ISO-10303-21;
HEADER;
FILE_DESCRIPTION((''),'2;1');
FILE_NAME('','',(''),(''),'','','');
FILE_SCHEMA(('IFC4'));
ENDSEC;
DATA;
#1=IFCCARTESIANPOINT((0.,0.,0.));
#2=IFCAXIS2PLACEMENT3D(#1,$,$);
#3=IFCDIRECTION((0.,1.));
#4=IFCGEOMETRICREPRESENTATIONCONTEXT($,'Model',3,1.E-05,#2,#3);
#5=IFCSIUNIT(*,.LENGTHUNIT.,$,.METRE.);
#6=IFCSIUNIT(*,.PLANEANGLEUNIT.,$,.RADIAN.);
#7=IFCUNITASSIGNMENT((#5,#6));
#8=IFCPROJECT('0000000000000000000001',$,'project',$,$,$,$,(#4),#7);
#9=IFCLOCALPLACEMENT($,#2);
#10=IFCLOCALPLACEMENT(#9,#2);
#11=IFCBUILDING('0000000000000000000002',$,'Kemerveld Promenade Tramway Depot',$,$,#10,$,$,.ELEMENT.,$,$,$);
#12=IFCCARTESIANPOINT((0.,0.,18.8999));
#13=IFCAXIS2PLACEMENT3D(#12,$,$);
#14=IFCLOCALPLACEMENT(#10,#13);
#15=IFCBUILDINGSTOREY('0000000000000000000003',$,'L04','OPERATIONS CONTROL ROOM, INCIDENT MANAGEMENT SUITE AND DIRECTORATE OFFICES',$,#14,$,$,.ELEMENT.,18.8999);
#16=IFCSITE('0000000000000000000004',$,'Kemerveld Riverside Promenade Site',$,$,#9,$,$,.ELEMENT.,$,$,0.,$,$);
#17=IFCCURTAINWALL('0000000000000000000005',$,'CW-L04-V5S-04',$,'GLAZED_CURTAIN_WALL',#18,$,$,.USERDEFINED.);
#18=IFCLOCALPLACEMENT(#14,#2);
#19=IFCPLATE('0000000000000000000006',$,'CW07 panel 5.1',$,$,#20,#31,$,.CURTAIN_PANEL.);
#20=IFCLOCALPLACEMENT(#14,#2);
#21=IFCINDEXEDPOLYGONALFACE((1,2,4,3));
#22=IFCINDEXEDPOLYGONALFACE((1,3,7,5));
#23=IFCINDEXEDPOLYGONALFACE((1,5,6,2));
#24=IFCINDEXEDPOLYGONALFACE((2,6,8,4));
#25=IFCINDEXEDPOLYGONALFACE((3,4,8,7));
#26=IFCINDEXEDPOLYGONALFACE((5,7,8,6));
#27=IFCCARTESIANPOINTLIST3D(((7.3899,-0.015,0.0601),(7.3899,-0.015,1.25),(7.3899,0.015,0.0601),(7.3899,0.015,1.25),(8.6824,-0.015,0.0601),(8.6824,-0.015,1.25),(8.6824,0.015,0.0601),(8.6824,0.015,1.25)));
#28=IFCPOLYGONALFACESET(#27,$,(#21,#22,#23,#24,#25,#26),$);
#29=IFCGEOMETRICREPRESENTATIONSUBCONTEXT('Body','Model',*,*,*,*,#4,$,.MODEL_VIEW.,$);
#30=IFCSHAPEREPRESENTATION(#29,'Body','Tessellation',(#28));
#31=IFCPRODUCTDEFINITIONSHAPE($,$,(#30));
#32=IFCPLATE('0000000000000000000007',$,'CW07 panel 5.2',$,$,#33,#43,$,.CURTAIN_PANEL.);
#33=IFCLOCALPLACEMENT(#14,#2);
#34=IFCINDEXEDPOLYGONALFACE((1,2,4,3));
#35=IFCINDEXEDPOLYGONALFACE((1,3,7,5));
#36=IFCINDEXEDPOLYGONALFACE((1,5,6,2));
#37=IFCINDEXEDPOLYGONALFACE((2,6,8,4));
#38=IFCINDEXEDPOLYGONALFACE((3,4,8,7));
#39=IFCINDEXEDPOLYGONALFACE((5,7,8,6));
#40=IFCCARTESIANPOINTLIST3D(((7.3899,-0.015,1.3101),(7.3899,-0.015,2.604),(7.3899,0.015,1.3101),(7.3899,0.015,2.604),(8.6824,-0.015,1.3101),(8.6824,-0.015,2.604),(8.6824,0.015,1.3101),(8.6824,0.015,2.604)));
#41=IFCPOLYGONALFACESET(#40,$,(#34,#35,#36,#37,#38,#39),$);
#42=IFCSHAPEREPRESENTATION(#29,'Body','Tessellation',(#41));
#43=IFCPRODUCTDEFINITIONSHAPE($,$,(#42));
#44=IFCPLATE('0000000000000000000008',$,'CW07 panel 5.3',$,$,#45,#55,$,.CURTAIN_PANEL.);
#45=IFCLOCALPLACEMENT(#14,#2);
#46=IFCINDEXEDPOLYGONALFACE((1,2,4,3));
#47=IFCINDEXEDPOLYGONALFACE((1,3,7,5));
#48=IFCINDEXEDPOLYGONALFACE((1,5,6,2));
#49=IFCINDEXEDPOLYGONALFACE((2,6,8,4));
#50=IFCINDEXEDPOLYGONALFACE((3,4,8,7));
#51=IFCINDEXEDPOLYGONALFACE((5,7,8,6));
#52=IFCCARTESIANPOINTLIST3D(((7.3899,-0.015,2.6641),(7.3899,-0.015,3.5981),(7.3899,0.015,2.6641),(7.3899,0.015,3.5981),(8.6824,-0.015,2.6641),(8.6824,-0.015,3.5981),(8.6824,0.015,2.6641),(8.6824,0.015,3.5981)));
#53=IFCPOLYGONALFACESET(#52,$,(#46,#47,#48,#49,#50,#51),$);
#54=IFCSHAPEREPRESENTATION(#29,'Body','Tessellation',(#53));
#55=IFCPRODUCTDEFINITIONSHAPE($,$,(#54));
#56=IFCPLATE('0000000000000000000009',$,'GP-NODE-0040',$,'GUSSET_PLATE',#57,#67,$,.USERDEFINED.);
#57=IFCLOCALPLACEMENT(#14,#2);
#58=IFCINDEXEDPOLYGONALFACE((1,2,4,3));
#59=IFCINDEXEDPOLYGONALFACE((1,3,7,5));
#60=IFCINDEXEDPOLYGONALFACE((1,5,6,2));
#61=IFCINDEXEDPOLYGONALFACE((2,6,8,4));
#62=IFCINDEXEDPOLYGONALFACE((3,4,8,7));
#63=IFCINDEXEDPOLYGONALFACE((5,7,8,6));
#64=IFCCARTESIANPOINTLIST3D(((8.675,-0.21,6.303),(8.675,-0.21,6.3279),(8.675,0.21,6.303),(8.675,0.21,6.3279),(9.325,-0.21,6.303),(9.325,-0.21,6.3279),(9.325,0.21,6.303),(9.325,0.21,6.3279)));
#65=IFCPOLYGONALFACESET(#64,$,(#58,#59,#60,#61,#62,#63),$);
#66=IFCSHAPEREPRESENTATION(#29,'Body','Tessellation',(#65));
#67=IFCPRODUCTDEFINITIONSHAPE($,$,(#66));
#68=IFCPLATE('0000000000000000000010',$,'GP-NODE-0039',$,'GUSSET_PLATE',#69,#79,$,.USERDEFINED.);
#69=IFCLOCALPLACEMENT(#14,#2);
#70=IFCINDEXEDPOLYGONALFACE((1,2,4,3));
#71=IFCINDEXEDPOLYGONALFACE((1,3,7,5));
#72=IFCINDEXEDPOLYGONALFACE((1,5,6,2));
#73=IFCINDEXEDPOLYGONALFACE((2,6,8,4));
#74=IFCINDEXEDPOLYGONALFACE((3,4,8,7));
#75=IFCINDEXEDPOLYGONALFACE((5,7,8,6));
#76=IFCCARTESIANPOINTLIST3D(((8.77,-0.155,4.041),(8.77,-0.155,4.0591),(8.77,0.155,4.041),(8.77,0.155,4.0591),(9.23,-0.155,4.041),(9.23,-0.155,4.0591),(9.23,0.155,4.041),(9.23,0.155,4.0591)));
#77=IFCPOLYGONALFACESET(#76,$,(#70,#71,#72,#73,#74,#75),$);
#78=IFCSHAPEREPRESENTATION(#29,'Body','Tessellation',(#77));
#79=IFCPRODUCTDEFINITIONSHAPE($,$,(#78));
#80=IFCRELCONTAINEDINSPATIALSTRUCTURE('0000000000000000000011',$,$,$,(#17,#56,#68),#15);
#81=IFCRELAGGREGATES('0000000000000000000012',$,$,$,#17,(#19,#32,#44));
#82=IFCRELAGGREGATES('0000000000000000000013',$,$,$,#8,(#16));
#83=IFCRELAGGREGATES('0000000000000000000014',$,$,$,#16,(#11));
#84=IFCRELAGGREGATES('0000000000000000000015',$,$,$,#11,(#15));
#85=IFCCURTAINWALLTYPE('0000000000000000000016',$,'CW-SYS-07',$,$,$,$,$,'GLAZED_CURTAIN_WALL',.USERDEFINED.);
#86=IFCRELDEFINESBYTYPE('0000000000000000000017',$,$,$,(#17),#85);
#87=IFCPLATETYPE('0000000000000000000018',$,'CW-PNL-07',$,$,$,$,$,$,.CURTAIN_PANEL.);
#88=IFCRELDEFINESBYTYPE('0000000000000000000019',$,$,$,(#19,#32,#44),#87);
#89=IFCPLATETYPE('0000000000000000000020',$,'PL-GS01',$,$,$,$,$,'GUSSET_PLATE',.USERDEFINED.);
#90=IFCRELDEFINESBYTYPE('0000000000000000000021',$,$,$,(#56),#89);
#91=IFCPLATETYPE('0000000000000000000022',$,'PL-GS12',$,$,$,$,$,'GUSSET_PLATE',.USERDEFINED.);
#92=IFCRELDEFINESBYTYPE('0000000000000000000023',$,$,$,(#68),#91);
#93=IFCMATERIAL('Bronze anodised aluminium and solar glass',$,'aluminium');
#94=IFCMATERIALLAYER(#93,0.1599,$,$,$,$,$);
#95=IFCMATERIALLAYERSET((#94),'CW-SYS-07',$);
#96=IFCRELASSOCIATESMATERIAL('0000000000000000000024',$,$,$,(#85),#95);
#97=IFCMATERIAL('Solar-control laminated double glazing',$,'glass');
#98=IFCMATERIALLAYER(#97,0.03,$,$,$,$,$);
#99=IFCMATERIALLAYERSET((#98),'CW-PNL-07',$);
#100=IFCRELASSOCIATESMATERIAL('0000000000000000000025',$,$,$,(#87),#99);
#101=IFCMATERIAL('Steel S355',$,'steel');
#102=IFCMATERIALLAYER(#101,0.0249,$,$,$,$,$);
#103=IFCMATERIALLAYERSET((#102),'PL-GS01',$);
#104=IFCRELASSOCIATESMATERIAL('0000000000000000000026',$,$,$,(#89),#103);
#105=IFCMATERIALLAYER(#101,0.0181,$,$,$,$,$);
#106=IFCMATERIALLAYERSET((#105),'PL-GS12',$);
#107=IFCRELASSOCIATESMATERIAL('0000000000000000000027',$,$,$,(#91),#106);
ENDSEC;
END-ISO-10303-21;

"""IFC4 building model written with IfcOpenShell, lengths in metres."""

from ifc_helpers import new_model, si_unit, direction, frame, origin, origin_2d, place, context, subcontext, project, spatial, rectangle, extrude, material, layer, layer_set, type_object, element, aggregate, save


model = new_model("IFC4")

# Units and contexts
model_context = context("Model", 3, precision=1e-05, world=origin(), true_north=direction((0.0, 1.0)))
body_context = subcontext(model_context, "Body", "Model", "MODEL_VIEW")
ifc_project = project(units=[si_unit("LENGTHUNIT", "METRE"), si_unit("PLANEANGLEUNIT", "RADIAN")], contexts=[model_context])

# Site, building, storey
site_placement = place(None, origin())
site = spatial("IfcSite", under=ifc_project, at=site_placement, Name="Kemerveld Riverside Promenade Site", CompositionType="ELEMENT", RefElevation=0.0)
building_placement = place(site_placement, origin())
building = spatial("IfcBuilding", under=site, at=building_placement, Name="Kemerveld Promenade Tramway Depot", CompositionType="ELEMENT")
storey_placement = place(building_placement, frame((0.0, 0.0, 18.8999)))
storey = spatial("IfcBuildingStorey", under=building, at=storey_placement, Name="L04", Description="OPERATIONS CONTROL ROOM, INCIDENT MANAGEMENT SUITE AND DIRECTORATE OFFICES", CompositionType="ELEMENT", Elevation=18.8999)

# Shared definitions
ifc_material_1 = material(Name="Steel S355", Category="steel")

# Curtain wall
ifc_material_2 = material(Name="Bronze anodised aluminium and solar glass", Category="aluminium")
ifc_layer_1 = layer(ifc_material_2, 0.1599)
ifc_layer_set_1 = layer_set([ifc_layer_1], Name="CW-SYS-07")
curtain_wall_type = type_object("IfcCurtainWallType", Name="CW-SYS-07", ElementType="GLAZED_CURTAIN_WALL", PredefinedType="USERDEFINED", material=ifc_layer_set_1)
curtain_wall_placement = place(storey_placement, origin())
curtain_wall = element("IfcCurtainWall", 1, at=curtain_wall_placement, inside=storey, type_object=curtain_wall_type, Name="CW-L04-V5S-04", ObjectType="GLAZED_CURTAIN_WALL", PredefinedType="USERDEFINED")

# Plates
ifc_material_3 = material(Name="Solar-control laminated double glazing", Category="glass")
ifc_layer_2 = layer(ifc_material_3, 0.03)
ifc_layer_set_2 = layer_set([ifc_layer_2], Name="CW-PNL-07")
plate_type_1 = type_object("IfcPlateType", Name="CW-PNL-07", PredefinedType="CURTAIN_PANEL", material=ifc_layer_set_2)
plate_1_placement = place(storey_placement, frame((8.0361, 0.0, 0.0601), z_axis=(0.0, 0.0, 1.0), x_axis=(-1.0, 0.0, 0.0)))
plate_1 = element("IfcPlate", 2, at=plate_1_placement, type_object=plate_type_1, Name="CW07 panel 5.1", PredefinedType="CURTAIN_PANEL", context=body_context, shape_type="SweptSolid", body=[
    extrude(rectangle(XDim=1.2925, YDim=0.03, at=origin_2d()), origin(), (0.0, 0.0, 1.0), 1.1899),
])
plate_2_placement = place(storey_placement, frame((8.0361, 0.0, 1.3101), z_axis=(0.0, 0.0, 1.0), x_axis=(-1.0, 0.0, 0.0)))
plate_2 = element("IfcPlate", 3, at=plate_2_placement, type_object=plate_type_1, Name="CW07 panel 5.2", PredefinedType="CURTAIN_PANEL", context=body_context, shape_type="SweptSolid", body=[
    extrude(rectangle(XDim=1.2925, YDim=0.03, at=origin_2d()), origin(), (0.0, 0.0, 1.0), 1.2939),
])
plate_3_placement = place(storey_placement, frame((8.0361, 0.0, 2.6641), z_axis=(0.0, 0.0, 1.0), x_axis=(-1.0, 0.0, 0.0)))
plate_3 = element("IfcPlate", 4, at=plate_3_placement, type_object=plate_type_1, Name="CW07 panel 5.3", PredefinedType="CURTAIN_PANEL", context=body_context, shape_type="SweptSolid", body=[
    extrude(rectangle(XDim=1.2925, YDim=0.03, at=origin_2d()), origin(), (0.0, 0.0, 1.0), 0.9341),
])
aggregate(curtain_wall, [plate_1, plate_2, plate_3])

# Plates
ifc_layer_3 = layer(ifc_material_1, 0.0249)
ifc_layer_set_3 = layer_set([ifc_layer_3], Name="PL-GS01")
plate_type_2 = type_object("IfcPlateType", Name="PL-GS01", ElementType="GUSSET_PLATE", PredefinedType="USERDEFINED", material=ifc_layer_set_3)
plate_4_placement = place(storey_placement, frame((9.0, 0.0, 6.303), z_axis=(0.0, 0.0, 1.0), x_axis=(1.0, 0.0, 0.0)))
element("IfcPlate", 5, at=plate_4_placement, inside=storey, type_object=plate_type_2, Name="GP-NODE-0040", ObjectType="GUSSET_PLATE", PredefinedType="USERDEFINED", context=body_context, shape_type="SweptSolid", body=[
    extrude(rectangle(XDim=0.6499, YDim=0.4199, at=origin_2d()), origin(), (0.0, 0.0, 1.0), 0.0249),
])
ifc_layer_4 = layer(ifc_material_1, 0.0181)
ifc_layer_set_4 = layer_set([ifc_layer_4], Name="PL-GS12")
plate_type_3 = type_object("IfcPlateType", Name="PL-GS12", ElementType="GUSSET_PLATE", PredefinedType="USERDEFINED", material=ifc_layer_set_4)
plate_5_placement = place(storey_placement, frame((9.0, 0.0, 4.041), z_axis=(0.0, 0.0, 1.0), x_axis=(1.0, 0.0, 0.0)))
element("IfcPlate", 6, at=plate_5_placement, inside=storey, type_object=plate_type_3, Name="GP-NODE-0039", ObjectType="GUSSET_PLATE", PredefinedType="USERDEFINED", context=body_context, shape_type="SweptSolid", body=[
    extrude(rectangle(XDim=0.46, YDim=0.3101, at=origin_2d()), origin(), (0.0, 0.0, 1.0), 0.0181),
])

save(model, "model.ifc")
